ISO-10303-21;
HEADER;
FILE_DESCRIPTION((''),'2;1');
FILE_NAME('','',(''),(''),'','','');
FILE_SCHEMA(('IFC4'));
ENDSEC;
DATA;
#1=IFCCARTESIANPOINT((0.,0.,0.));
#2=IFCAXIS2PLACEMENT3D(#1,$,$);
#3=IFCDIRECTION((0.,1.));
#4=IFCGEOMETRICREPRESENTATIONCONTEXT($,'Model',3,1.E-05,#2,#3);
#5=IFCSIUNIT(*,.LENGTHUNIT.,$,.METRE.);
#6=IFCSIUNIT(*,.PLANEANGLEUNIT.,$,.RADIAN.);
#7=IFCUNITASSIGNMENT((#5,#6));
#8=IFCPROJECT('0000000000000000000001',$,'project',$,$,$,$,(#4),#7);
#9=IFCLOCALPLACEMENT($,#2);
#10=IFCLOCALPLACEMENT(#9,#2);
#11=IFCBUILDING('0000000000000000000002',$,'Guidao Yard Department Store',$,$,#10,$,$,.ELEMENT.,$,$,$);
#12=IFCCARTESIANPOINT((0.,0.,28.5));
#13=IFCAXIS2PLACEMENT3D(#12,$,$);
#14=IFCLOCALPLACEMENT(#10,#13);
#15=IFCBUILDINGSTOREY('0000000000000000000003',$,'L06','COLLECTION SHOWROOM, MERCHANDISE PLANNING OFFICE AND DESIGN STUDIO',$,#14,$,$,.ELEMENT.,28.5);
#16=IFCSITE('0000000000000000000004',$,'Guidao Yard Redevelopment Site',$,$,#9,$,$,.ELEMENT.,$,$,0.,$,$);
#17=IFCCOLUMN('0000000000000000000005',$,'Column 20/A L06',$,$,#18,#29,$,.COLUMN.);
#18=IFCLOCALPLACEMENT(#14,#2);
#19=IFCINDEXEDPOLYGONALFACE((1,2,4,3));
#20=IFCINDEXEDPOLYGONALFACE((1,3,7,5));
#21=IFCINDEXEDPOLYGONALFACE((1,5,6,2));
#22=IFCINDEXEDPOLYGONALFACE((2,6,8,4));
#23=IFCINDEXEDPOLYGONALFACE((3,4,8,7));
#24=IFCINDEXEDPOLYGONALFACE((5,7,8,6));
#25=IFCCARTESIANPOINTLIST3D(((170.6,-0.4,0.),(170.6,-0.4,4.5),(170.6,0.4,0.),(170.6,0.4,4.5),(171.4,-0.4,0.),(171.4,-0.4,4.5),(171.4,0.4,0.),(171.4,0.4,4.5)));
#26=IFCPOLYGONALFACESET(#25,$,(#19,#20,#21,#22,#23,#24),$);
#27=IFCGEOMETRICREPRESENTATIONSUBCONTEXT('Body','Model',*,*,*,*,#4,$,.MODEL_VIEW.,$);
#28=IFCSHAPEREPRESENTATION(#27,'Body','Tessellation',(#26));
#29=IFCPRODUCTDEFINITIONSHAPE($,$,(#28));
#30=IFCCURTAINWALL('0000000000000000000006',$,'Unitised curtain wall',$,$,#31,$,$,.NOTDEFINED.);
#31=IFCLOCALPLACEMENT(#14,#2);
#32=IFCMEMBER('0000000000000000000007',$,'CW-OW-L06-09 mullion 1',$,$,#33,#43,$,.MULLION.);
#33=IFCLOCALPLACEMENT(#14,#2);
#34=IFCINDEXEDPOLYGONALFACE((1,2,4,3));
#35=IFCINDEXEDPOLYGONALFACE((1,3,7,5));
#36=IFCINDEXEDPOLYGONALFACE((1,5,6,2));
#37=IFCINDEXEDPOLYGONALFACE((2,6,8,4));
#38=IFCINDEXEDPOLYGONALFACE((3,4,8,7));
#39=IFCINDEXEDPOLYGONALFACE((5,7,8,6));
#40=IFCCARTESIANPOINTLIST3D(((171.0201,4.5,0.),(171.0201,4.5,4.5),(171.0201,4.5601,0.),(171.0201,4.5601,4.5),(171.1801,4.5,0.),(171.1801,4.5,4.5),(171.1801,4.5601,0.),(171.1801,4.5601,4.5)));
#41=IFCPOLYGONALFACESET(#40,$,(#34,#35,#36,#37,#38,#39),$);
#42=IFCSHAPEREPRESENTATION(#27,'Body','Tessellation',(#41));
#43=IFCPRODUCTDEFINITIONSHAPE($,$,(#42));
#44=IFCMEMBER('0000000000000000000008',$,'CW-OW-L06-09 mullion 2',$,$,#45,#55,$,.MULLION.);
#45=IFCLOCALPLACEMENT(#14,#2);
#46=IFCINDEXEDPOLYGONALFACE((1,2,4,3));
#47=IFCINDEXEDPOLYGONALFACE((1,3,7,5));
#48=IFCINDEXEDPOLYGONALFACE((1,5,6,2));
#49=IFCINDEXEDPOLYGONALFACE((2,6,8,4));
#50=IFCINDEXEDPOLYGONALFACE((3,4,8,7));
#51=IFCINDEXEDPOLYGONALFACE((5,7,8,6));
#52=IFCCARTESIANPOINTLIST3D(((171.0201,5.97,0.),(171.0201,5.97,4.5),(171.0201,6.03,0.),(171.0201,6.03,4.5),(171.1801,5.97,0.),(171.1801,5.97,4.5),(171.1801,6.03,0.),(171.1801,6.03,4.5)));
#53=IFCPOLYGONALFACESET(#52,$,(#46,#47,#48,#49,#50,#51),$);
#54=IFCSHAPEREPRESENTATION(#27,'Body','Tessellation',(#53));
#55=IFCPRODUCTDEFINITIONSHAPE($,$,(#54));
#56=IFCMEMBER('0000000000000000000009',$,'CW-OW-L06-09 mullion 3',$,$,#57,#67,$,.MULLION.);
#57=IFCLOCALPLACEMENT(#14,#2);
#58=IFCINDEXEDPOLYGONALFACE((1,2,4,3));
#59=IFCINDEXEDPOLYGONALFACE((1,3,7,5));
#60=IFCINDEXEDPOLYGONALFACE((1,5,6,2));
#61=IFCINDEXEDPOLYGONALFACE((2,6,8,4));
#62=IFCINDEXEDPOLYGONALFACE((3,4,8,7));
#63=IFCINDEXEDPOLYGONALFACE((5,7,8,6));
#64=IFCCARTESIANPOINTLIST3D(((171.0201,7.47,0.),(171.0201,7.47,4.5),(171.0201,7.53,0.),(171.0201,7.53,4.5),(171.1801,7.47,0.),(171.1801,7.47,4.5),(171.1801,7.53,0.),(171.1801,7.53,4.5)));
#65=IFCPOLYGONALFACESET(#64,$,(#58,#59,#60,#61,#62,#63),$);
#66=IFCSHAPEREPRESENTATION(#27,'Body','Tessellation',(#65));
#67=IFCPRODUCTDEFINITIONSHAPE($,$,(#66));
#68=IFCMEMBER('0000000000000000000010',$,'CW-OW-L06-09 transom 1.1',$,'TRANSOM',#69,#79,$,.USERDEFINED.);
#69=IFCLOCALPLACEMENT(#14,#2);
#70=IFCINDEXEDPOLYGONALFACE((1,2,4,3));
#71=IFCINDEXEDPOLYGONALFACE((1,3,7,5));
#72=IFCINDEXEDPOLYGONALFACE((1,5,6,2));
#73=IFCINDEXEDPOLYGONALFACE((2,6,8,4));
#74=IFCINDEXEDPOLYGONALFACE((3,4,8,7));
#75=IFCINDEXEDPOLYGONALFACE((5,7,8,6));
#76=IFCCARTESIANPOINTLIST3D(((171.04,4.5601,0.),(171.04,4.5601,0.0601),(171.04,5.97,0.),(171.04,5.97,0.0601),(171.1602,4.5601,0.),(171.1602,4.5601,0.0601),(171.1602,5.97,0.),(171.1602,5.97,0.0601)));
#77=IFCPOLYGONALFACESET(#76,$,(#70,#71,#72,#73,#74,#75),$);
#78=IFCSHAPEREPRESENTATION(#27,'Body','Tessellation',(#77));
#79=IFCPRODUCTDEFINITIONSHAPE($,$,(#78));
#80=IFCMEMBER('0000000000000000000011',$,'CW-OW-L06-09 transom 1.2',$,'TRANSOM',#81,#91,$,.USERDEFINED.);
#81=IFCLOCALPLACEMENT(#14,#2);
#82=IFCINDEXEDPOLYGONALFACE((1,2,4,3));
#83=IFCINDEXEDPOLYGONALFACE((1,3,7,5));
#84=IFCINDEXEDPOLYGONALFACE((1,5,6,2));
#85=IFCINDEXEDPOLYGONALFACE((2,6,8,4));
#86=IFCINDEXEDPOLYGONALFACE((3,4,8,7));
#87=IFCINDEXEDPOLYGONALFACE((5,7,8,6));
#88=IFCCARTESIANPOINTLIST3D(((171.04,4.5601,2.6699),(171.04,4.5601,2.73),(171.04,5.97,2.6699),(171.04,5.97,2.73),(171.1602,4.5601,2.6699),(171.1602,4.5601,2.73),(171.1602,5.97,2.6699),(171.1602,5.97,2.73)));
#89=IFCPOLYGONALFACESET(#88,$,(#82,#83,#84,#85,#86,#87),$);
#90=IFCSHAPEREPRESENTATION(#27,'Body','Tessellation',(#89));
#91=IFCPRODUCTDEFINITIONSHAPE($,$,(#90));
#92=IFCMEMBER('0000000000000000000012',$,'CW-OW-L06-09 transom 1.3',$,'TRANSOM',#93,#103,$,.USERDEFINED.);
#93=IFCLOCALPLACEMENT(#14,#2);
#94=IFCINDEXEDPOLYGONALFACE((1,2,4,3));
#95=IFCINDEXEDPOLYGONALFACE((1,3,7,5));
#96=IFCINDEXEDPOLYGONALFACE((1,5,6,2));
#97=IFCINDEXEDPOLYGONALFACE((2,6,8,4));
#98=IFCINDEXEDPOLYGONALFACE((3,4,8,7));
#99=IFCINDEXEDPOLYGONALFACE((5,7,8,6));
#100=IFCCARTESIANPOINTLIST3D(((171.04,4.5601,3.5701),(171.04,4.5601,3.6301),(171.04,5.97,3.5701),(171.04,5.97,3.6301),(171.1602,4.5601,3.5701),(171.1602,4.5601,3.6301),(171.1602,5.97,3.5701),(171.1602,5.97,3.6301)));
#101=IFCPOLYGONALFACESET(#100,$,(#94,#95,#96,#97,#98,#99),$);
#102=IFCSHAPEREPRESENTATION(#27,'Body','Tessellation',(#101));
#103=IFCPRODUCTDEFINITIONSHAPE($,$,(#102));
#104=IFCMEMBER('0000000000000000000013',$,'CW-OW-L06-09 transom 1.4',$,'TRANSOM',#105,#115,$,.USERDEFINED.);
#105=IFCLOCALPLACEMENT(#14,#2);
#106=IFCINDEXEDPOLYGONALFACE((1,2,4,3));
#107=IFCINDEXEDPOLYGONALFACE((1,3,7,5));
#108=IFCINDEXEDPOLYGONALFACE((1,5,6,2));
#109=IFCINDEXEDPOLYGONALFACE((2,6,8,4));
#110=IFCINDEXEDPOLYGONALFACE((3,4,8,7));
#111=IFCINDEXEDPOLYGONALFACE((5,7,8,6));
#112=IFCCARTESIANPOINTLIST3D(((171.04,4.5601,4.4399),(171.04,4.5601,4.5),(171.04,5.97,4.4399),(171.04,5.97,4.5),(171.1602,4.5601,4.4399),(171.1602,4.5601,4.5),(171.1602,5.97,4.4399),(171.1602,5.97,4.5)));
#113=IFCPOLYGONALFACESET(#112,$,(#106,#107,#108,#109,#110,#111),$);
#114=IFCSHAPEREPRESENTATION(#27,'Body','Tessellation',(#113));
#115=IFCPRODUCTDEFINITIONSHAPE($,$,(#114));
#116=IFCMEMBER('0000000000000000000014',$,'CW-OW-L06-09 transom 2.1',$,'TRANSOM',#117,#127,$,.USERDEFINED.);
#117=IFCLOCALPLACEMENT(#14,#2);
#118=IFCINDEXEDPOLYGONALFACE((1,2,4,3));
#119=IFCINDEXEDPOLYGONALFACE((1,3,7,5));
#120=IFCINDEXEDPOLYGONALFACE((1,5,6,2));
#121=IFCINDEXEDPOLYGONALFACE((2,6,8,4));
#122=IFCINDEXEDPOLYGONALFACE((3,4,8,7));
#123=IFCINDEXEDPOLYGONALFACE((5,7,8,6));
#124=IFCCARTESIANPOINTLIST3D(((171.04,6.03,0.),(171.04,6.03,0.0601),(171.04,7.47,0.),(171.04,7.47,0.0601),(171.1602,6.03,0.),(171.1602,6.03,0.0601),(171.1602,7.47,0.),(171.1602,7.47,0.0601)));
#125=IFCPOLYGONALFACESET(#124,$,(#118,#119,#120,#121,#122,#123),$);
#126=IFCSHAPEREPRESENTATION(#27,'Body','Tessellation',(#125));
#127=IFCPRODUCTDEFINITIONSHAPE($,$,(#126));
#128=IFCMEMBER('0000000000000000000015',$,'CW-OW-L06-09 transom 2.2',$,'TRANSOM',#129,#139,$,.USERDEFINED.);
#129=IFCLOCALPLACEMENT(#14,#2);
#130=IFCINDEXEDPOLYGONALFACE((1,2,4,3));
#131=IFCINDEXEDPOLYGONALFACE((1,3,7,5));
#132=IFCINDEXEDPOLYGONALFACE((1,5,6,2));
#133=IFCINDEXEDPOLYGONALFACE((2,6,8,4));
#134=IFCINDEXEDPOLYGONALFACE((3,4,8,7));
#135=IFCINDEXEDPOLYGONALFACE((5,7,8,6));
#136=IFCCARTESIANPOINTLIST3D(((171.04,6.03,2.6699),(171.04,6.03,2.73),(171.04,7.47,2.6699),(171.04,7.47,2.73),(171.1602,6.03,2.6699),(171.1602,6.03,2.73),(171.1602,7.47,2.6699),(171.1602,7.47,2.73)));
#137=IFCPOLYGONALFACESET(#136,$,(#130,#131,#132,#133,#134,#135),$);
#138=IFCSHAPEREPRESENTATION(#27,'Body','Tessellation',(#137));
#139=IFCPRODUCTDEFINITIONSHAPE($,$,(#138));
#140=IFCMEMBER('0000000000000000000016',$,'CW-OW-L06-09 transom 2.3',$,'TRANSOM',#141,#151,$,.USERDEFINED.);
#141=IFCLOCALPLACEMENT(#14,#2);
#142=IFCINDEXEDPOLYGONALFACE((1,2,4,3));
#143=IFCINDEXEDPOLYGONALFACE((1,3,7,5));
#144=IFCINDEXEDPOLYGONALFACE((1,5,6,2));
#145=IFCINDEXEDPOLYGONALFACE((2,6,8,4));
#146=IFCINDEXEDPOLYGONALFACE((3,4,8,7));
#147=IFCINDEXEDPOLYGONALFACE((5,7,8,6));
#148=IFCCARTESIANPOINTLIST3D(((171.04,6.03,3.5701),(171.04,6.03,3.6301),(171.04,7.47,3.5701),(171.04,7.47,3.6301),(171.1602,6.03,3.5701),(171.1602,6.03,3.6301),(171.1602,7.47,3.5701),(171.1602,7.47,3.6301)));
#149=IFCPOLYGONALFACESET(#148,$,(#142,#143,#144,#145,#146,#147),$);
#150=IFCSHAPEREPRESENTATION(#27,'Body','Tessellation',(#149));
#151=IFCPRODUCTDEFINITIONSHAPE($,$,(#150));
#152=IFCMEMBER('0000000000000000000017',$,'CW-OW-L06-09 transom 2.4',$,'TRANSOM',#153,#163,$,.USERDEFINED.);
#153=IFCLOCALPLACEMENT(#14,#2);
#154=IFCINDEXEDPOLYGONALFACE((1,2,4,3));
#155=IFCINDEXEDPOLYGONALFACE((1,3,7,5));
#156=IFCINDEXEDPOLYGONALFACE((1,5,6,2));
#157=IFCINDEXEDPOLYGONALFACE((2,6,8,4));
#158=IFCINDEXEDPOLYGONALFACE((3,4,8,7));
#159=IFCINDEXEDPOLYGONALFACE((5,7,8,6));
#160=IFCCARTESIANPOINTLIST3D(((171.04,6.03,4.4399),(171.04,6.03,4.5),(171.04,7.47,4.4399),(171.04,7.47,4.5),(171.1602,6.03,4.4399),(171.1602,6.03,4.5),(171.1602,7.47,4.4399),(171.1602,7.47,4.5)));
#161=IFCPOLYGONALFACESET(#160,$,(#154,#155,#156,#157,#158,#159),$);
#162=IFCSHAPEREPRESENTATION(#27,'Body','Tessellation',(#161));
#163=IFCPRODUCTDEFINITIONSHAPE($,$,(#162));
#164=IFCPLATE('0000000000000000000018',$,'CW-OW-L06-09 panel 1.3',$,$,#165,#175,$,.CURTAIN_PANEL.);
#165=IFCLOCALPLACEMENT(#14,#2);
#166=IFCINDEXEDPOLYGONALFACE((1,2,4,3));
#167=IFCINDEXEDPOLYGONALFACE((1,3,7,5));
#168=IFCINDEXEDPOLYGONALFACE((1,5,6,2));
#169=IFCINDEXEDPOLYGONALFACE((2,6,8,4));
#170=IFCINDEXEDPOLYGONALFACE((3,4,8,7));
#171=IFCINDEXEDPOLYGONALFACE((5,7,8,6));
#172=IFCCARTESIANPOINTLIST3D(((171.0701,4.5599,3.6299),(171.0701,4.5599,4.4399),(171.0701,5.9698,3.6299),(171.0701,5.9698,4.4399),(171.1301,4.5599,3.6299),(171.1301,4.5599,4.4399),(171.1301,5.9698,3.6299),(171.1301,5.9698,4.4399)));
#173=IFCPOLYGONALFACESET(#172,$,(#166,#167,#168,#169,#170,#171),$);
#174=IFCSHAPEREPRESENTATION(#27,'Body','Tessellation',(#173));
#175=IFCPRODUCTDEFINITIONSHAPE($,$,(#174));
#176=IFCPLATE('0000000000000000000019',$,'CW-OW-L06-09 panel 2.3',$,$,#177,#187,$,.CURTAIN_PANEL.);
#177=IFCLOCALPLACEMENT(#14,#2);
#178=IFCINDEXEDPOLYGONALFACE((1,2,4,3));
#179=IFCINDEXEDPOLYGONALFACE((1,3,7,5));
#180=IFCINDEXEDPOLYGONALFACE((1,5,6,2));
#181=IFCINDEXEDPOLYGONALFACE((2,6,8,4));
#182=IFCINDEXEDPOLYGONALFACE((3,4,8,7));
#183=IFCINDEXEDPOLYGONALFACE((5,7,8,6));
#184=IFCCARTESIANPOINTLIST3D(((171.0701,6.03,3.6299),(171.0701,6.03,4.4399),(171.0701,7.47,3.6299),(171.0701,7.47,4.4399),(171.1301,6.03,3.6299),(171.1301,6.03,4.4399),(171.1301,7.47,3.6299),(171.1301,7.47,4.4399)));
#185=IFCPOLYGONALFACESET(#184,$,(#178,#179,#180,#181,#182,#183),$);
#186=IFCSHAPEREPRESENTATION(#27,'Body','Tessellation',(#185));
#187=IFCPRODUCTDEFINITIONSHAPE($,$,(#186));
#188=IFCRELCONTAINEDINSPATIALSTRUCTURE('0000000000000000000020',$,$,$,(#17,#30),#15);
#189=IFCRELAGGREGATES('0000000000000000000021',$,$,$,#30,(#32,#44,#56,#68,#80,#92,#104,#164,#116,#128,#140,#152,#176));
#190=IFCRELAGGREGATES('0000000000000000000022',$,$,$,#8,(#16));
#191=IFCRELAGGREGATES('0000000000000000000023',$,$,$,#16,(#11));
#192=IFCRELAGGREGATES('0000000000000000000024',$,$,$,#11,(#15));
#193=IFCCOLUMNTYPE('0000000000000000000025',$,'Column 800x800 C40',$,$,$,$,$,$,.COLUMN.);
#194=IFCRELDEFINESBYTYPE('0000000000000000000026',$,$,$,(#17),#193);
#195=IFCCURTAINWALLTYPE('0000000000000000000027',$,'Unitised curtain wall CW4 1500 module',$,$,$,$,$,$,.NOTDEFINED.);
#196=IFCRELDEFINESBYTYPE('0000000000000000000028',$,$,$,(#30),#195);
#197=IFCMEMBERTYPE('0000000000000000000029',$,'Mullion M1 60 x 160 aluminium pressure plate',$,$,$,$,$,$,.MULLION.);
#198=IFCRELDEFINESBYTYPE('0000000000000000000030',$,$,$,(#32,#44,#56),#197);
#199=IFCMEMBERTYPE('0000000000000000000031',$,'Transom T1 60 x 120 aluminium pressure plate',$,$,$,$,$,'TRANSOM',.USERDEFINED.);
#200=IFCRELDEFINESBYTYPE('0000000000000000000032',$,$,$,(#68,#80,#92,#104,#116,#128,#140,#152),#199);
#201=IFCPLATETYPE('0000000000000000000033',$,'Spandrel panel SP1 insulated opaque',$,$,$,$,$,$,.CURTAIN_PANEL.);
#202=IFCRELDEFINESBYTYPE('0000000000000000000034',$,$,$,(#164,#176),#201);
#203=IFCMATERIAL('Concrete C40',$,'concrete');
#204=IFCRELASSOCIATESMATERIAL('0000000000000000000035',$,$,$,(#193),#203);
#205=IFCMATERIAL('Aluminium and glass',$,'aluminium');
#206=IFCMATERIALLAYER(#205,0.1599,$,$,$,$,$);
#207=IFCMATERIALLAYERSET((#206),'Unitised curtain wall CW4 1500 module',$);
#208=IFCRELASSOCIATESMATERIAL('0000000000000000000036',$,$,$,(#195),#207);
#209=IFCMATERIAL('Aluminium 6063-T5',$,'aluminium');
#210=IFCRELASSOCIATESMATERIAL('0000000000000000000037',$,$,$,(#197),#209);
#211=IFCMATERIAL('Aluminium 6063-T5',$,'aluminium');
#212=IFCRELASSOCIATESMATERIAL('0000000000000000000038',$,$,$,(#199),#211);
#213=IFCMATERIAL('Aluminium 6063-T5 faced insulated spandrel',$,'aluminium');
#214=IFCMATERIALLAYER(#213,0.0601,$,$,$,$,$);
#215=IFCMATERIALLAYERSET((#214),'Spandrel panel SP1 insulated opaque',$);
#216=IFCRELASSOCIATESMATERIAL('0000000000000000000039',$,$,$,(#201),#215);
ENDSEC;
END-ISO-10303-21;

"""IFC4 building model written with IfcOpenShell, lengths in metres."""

from ifc_helpers import new_model, si_unit, direction, frame, origin, origin_2d, place, context, subcontext, project, spatial, rectangle, extrude, material, layer, layer_set, material_profile, profile_set, type_object, element, aggregate, save


model = new_model("IFC4")

# Units and contexts
model_context = context("Model", 3, precision=1e-05, world=origin(), true_north=direction((0.0, 1.0)))
body_context = subcontext(model_context, "Body", "Model", "MODEL_VIEW")
ifc_project = project(units=[si_unit("LENGTHUNIT", "METRE"), si_unit("PLANEANGLEUNIT", "RADIAN")], contexts=[model_context])

# Site, building, storey
site_placement = place(None, origin())
site = spatial("IfcSite", under=ifc_project, at=site_placement, Name="Guidao Yard Redevelopment Site", CompositionType="ELEMENT", RefElevation=0.0)
building_placement = place(site_placement, origin())
building = spatial("IfcBuilding", under=site, at=building_placement, Name="Guidao Yard Department Store", CompositionType="ELEMENT")
storey_placement = place(building_placement, frame((0.0, 0.0, 28.5)))
storey = spatial("IfcBuildingStorey", under=building, at=storey_placement, Name="L06", Description="COLLECTION SHOWROOM, MERCHANDISE PLANNING OFFICE AND DESIGN STUDIO", CompositionType="ELEMENT", Elevation=28.5)

# Column
ifc_material_1 = material(Name="Concrete C40", Category="concrete")
ifc_material_profile_1 = material_profile(ifc_material_1, rectangle(XDim=0.8, YDim=0.8, at=origin_2d()), Name="COL 800x800")
ifc_profile_set_1 = profile_set([ifc_material_profile_1], Name="Concrete C40")
column_type = type_object("IfcColumnType", Name="Column 800x800 C40", PredefinedType="COLUMN", material=ifc_profile_set_1)
column_placement = place(storey_placement, frame((171.0, 0.0, 0.0), z_axis=(0.0, 0.0, 1.0), x_axis=(1.0, 0.0, 0.0)))
element("IfcColumn", 1, at=column_placement, inside=storey, type_object=column_type, Name="Column 20/A L06", PredefinedType="COLUMN", context=body_context, shape_type="SweptSolid", body=[
    extrude(rectangle(XDim=0.8, YDim=0.8, at=origin_2d()), origin(), (0.0, 0.0, 1.0), 4.5),
])

# Curtain wall, members, plates
ifc_material_2 = material(Name="Aluminium and glass", Category="aluminium")
ifc_layer_1 = layer(ifc_material_2, 0.1599)
ifc_layer_set_1 = layer_set([ifc_layer_1], Name="Unitised curtain wall CW4 1500 module")
curtain_wall_type = type_object("IfcCurtainWallType", Name="Unitised curtain wall CW4 1500 module", PredefinedType="NOTDEFINED", material=ifc_layer_set_1)
curtain_wall_placement = place(storey_placement, origin())
curtain_wall = element("IfcCurtainWall", 2, at=curtain_wall_placement, inside=storey, type_object=curtain_wall_type, Name="Unitised curtain wall", PredefinedType="NOTDEFINED")
ifc_material_3 = material(Name="Aluminium 6063-T5", Category="aluminium")
ifc_material_profile_2 = material_profile(ifc_material_3, rectangle(XDim=0.0601, YDim=0.1599, at=origin_2d()), Name="Mullion M1 60 x 160 aluminium pressure plate")
ifc_profile_set_2 = profile_set([ifc_material_profile_2], Name="Aluminium 6063-T5")
member_type_1 = type_object("IfcMemberType", Name="Mullion M1 60 x 160 aluminium pressure plate", PredefinedType="MULLION", material=ifc_profile_set_2)
member_1_placement = place(storey_placement, frame((171.1001, 4.53, 0.0), z_axis=(0.0, 0.0, 1.0), x_axis=(0.0, -1.0, 0.0)))
member_1 = element("IfcMember", 3, at=member_1_placement, type_object=member_type_1, Name="CW-OW-L06-09 mullion 1", PredefinedType="MULLION", context=body_context, shape_type="SweptSolid", body=[
    extrude(rectangle(XDim=0.0601, YDim=0.1599, at=origin_2d()), origin(), (0.0, 0.0, 1.0), 4.5),
])
member_2_placement = place(storey_placement, frame((171.1001, 6.0, 0.0), z_axis=(0.0, 0.0, 1.0), x_axis=(0.0, -1.0, 0.0)))
member_2 = element("IfcMember", 4, at=member_2_placement, type_object=member_type_1, Name="CW-OW-L06-09 mullion 2", PredefinedType="MULLION", context=body_context, shape_type="SweptSolid", body=[
    extrude(rectangle(XDim=0.0601, YDim=0.1599, at=origin_2d()), origin(), (0.0, 0.0, 1.0), 4.5),
])
member_3_placement = place(storey_placement, frame((171.1001, 7.5, 0.0), z_axis=(0.0, 0.0, 1.0), x_axis=(0.0, -1.0, 0.0)))
member_3 = element("IfcMember", 5, at=member_3_placement, type_object=member_type_1, Name="CW-OW-L06-09 mullion 3", PredefinedType="MULLION", context=body_context, shape_type="SweptSolid", body=[
    extrude(rectangle(XDim=0.0601, YDim=0.1599, at=origin_2d()), origin(), (0.0, 0.0, 1.0), 4.5),
])
ifc_material_4 = material(Name="Aluminium 6063-T5", Category="aluminium")
ifc_material_profile_3 = material_profile(ifc_material_4, rectangle(XDim=0.1201, YDim=0.0601, at=origin_2d()), Name="Transom T1 60 x 120 aluminium pressure plate")
ifc_profile_set_3 = profile_set([ifc_material_profile_3], Name="Aluminium 6063-T5")
member_type_2 = type_object("IfcMemberType", Name="Transom T1 60 x 120 aluminium pressure plate", ElementType="TRANSOM", PredefinedType="USERDEFINED", material=ifc_profile_set_3)
member_4_placement = place(storey_placement, frame((171.1001, 5.97, 0.03), z_axis=(0.0, -1.0, 0.0), x_axis=(1.0, 0.0, 0.0)))
member_4 = element("IfcMember", 6, at=member_4_placement, type_object=member_type_2, Name="CW-OW-L06-09 transom 1.1", ObjectType="TRANSOM", PredefinedType="USERDEFINED", context=body_context, shape_type="SweptSolid", body=[
    extrude(rectangle(XDim=0.1201, YDim=0.0601, at=origin_2d()), origin(), (0.0, 0.0, 1.0), 1.4099),
])
member_5_placement = place(storey_placement, frame((171.1001, 5.97, 2.7), z_axis=(0.0, -1.0, 0.0), x_axis=(1.0, 0.0, 0.0)))
member_5 = element("IfcMember", 7, at=member_5_placement, type_object=member_type_2, Name="CW-OW-L06-09 transom 1.2", ObjectType="TRANSOM", PredefinedType="USERDEFINED", context=body_context, shape_type="SweptSolid", body=[
    extrude(rectangle(XDim=0.1201, YDim=0.0601, at=origin_2d()), origin(), (0.0, 0.0, 1.0), 1.4099),
])
member_6_placement = place(storey_placement, frame((171.1001, 5.97, 3.6001), z_axis=(0.0, -1.0, 0.0), x_axis=(1.0, 0.0, 0.0)))
member_6 = element("IfcMember", 8, at=member_6_placement, type_object=member_type_2, Name="CW-OW-L06-09 transom 1.3", ObjectType="TRANSOM", PredefinedType="USERDEFINED", context=body_context, shape_type="SweptSolid", body=[
    extrude(rectangle(XDim=0.1201, YDim=0.0601, at=origin_2d()), origin(), (0.0, 0.0, 1.0), 1.4099),
])
member_7_placement = place(storey_placement, frame((171.1001, 5.97, 4.47), z_axis=(0.0, -1.0, 0.0), x_axis=(1.0, 0.0, 0.0)))
member_7 = element("IfcMember", 9, at=member_7_placement, type_object=member_type_2, Name="CW-OW-L06-09 transom 1.4", ObjectType="TRANSOM", PredefinedType="USERDEFINED", context=body_context, shape_type="SweptSolid", body=[
    extrude(rectangle(XDim=0.1201, YDim=0.0601, at=origin_2d()), origin(), (0.0, 0.0, 1.0), 1.4099),
])
member_8_placement = place(storey_placement, frame((171.1001, 7.47, 0.03), z_axis=(0.0, -1.0, 0.0), x_axis=(1.0, 0.0, 0.0)))
member_8 = element("IfcMember", 10, at=member_8_placement, type_object=member_type_2, Name="CW-OW-L06-09 transom 2.1", ObjectType="TRANSOM", PredefinedType="USERDEFINED", context=body_context, shape_type="SweptSolid", body=[
    extrude(rectangle(XDim=0.1201, YDim=0.0601, at=origin_2d()), origin(), (0.0, 0.0, 1.0), 1.4399),
])
member_9_placement = place(storey_placement, frame((171.1001, 7.47, 2.7), z_axis=(0.0, -1.0, 0.0), x_axis=(1.0, 0.0, 0.0)))
member_9 = element("IfcMember", 11, at=member_9_placement, type_object=member_type_2, Name="CW-OW-L06-09 transom 2.2", ObjectType="TRANSOM", PredefinedType="USERDEFINED", context=body_context, shape_type="SweptSolid", body=[
    extrude(rectangle(XDim=0.1201, YDim=0.0601, at=origin_2d()), origin(), (0.0, 0.0, 1.0), 1.4399),
])
member_10_placement = place(storey_placement, frame((171.1001, 7.47, 3.6001), z_axis=(0.0, -1.0, 0.0), x_axis=(1.0, 0.0, 0.0)))
member_10 = element("IfcMember", 12, at=member_10_placement, type_object=member_type_2, Name="CW-OW-L06-09 transom 2.3", ObjectType="TRANSOM", PredefinedType="USERDEFINED", context=body_context, shape_type="SweptSolid", body=[
    extrude(rectangle(XDim=0.1201, YDim=0.0601, at=origin_2d()), origin(), (0.0, 0.0, 1.0), 1.4399),
])
member_11_placement = place(storey_placement, frame((171.1001, 7.47, 4.47), z_axis=(0.0, -1.0, 0.0), x_axis=(1.0, 0.0, 0.0)))
member_11 = element("IfcMember", 13, at=member_11_placement, type_object=member_type_2, Name="CW-OW-L06-09 transom 2.4", ObjectType="TRANSOM", PredefinedType="USERDEFINED", context=body_context, shape_type="SweptSolid", body=[
    extrude(rectangle(XDim=0.1201, YDim=0.0601, at=origin_2d()), origin(), (0.0, 0.0, 1.0), 1.4399),
])
ifc_material_5 = material(Name="Aluminium 6063-T5 faced insulated spandrel", Category="aluminium")
ifc_layer_2 = layer(ifc_material_5, 0.0601)
ifc_layer_set_2 = layer_set([ifc_layer_2], Name="Spandrel panel SP1 insulated opaque")
plate_type_1 = type_object("IfcPlateType", Name="Spandrel panel SP1 insulated opaque", PredefinedType="CURTAIN_PANEL", material=ifc_layer_set_2)
plate_1_placement = place(storey_placement, frame((171.1001, 5.2649, 3.6299), z_axis=(0.0, 0.0, 1.0), x_axis=(0.0, -1.0, 0.0)))
plate_1 = element("IfcPlate", 14, at=plate_1_placement, type_object=plate_type_1, Name="CW-OW-L06-09 panel 1.3", PredefinedType="CURTAIN_PANEL", context=body_context, shape_type="SweptSolid", body=[
    extrude(rectangle(XDim=1.4099, YDim=0.0601, at=origin_2d()), origin(), (0.0, 0.0, 1.0), 0.8101),
])
plate_2_placement = place(storey_placement, frame((171.1001, 6.75, 3.6299), z_axis=(0.0, 0.0, 1.0), x_axis=(0.0, -1.0, 0.0)))
plate_2 = element("IfcPlate", 15, at=plate_2_placement, type_object=plate_type_1, Name="CW-OW-L06-09 panel 2.3", PredefinedType="CURTAIN_PANEL", context=body_context, shape_type="SweptSolid", body=[
    extrude(rectangle(XDim=1.4399, YDim=0.0601, at=origin_2d()), origin(), (0.0, 0.0, 1.0), 0.8101),
])
aggregate(curtain_wall, [member_1, member_2, member_3, member_4, member_5, member_6, member_7, plate_1, member_8, member_9, member_10, member_11, plate_2])

save(model, "model.ifc")
